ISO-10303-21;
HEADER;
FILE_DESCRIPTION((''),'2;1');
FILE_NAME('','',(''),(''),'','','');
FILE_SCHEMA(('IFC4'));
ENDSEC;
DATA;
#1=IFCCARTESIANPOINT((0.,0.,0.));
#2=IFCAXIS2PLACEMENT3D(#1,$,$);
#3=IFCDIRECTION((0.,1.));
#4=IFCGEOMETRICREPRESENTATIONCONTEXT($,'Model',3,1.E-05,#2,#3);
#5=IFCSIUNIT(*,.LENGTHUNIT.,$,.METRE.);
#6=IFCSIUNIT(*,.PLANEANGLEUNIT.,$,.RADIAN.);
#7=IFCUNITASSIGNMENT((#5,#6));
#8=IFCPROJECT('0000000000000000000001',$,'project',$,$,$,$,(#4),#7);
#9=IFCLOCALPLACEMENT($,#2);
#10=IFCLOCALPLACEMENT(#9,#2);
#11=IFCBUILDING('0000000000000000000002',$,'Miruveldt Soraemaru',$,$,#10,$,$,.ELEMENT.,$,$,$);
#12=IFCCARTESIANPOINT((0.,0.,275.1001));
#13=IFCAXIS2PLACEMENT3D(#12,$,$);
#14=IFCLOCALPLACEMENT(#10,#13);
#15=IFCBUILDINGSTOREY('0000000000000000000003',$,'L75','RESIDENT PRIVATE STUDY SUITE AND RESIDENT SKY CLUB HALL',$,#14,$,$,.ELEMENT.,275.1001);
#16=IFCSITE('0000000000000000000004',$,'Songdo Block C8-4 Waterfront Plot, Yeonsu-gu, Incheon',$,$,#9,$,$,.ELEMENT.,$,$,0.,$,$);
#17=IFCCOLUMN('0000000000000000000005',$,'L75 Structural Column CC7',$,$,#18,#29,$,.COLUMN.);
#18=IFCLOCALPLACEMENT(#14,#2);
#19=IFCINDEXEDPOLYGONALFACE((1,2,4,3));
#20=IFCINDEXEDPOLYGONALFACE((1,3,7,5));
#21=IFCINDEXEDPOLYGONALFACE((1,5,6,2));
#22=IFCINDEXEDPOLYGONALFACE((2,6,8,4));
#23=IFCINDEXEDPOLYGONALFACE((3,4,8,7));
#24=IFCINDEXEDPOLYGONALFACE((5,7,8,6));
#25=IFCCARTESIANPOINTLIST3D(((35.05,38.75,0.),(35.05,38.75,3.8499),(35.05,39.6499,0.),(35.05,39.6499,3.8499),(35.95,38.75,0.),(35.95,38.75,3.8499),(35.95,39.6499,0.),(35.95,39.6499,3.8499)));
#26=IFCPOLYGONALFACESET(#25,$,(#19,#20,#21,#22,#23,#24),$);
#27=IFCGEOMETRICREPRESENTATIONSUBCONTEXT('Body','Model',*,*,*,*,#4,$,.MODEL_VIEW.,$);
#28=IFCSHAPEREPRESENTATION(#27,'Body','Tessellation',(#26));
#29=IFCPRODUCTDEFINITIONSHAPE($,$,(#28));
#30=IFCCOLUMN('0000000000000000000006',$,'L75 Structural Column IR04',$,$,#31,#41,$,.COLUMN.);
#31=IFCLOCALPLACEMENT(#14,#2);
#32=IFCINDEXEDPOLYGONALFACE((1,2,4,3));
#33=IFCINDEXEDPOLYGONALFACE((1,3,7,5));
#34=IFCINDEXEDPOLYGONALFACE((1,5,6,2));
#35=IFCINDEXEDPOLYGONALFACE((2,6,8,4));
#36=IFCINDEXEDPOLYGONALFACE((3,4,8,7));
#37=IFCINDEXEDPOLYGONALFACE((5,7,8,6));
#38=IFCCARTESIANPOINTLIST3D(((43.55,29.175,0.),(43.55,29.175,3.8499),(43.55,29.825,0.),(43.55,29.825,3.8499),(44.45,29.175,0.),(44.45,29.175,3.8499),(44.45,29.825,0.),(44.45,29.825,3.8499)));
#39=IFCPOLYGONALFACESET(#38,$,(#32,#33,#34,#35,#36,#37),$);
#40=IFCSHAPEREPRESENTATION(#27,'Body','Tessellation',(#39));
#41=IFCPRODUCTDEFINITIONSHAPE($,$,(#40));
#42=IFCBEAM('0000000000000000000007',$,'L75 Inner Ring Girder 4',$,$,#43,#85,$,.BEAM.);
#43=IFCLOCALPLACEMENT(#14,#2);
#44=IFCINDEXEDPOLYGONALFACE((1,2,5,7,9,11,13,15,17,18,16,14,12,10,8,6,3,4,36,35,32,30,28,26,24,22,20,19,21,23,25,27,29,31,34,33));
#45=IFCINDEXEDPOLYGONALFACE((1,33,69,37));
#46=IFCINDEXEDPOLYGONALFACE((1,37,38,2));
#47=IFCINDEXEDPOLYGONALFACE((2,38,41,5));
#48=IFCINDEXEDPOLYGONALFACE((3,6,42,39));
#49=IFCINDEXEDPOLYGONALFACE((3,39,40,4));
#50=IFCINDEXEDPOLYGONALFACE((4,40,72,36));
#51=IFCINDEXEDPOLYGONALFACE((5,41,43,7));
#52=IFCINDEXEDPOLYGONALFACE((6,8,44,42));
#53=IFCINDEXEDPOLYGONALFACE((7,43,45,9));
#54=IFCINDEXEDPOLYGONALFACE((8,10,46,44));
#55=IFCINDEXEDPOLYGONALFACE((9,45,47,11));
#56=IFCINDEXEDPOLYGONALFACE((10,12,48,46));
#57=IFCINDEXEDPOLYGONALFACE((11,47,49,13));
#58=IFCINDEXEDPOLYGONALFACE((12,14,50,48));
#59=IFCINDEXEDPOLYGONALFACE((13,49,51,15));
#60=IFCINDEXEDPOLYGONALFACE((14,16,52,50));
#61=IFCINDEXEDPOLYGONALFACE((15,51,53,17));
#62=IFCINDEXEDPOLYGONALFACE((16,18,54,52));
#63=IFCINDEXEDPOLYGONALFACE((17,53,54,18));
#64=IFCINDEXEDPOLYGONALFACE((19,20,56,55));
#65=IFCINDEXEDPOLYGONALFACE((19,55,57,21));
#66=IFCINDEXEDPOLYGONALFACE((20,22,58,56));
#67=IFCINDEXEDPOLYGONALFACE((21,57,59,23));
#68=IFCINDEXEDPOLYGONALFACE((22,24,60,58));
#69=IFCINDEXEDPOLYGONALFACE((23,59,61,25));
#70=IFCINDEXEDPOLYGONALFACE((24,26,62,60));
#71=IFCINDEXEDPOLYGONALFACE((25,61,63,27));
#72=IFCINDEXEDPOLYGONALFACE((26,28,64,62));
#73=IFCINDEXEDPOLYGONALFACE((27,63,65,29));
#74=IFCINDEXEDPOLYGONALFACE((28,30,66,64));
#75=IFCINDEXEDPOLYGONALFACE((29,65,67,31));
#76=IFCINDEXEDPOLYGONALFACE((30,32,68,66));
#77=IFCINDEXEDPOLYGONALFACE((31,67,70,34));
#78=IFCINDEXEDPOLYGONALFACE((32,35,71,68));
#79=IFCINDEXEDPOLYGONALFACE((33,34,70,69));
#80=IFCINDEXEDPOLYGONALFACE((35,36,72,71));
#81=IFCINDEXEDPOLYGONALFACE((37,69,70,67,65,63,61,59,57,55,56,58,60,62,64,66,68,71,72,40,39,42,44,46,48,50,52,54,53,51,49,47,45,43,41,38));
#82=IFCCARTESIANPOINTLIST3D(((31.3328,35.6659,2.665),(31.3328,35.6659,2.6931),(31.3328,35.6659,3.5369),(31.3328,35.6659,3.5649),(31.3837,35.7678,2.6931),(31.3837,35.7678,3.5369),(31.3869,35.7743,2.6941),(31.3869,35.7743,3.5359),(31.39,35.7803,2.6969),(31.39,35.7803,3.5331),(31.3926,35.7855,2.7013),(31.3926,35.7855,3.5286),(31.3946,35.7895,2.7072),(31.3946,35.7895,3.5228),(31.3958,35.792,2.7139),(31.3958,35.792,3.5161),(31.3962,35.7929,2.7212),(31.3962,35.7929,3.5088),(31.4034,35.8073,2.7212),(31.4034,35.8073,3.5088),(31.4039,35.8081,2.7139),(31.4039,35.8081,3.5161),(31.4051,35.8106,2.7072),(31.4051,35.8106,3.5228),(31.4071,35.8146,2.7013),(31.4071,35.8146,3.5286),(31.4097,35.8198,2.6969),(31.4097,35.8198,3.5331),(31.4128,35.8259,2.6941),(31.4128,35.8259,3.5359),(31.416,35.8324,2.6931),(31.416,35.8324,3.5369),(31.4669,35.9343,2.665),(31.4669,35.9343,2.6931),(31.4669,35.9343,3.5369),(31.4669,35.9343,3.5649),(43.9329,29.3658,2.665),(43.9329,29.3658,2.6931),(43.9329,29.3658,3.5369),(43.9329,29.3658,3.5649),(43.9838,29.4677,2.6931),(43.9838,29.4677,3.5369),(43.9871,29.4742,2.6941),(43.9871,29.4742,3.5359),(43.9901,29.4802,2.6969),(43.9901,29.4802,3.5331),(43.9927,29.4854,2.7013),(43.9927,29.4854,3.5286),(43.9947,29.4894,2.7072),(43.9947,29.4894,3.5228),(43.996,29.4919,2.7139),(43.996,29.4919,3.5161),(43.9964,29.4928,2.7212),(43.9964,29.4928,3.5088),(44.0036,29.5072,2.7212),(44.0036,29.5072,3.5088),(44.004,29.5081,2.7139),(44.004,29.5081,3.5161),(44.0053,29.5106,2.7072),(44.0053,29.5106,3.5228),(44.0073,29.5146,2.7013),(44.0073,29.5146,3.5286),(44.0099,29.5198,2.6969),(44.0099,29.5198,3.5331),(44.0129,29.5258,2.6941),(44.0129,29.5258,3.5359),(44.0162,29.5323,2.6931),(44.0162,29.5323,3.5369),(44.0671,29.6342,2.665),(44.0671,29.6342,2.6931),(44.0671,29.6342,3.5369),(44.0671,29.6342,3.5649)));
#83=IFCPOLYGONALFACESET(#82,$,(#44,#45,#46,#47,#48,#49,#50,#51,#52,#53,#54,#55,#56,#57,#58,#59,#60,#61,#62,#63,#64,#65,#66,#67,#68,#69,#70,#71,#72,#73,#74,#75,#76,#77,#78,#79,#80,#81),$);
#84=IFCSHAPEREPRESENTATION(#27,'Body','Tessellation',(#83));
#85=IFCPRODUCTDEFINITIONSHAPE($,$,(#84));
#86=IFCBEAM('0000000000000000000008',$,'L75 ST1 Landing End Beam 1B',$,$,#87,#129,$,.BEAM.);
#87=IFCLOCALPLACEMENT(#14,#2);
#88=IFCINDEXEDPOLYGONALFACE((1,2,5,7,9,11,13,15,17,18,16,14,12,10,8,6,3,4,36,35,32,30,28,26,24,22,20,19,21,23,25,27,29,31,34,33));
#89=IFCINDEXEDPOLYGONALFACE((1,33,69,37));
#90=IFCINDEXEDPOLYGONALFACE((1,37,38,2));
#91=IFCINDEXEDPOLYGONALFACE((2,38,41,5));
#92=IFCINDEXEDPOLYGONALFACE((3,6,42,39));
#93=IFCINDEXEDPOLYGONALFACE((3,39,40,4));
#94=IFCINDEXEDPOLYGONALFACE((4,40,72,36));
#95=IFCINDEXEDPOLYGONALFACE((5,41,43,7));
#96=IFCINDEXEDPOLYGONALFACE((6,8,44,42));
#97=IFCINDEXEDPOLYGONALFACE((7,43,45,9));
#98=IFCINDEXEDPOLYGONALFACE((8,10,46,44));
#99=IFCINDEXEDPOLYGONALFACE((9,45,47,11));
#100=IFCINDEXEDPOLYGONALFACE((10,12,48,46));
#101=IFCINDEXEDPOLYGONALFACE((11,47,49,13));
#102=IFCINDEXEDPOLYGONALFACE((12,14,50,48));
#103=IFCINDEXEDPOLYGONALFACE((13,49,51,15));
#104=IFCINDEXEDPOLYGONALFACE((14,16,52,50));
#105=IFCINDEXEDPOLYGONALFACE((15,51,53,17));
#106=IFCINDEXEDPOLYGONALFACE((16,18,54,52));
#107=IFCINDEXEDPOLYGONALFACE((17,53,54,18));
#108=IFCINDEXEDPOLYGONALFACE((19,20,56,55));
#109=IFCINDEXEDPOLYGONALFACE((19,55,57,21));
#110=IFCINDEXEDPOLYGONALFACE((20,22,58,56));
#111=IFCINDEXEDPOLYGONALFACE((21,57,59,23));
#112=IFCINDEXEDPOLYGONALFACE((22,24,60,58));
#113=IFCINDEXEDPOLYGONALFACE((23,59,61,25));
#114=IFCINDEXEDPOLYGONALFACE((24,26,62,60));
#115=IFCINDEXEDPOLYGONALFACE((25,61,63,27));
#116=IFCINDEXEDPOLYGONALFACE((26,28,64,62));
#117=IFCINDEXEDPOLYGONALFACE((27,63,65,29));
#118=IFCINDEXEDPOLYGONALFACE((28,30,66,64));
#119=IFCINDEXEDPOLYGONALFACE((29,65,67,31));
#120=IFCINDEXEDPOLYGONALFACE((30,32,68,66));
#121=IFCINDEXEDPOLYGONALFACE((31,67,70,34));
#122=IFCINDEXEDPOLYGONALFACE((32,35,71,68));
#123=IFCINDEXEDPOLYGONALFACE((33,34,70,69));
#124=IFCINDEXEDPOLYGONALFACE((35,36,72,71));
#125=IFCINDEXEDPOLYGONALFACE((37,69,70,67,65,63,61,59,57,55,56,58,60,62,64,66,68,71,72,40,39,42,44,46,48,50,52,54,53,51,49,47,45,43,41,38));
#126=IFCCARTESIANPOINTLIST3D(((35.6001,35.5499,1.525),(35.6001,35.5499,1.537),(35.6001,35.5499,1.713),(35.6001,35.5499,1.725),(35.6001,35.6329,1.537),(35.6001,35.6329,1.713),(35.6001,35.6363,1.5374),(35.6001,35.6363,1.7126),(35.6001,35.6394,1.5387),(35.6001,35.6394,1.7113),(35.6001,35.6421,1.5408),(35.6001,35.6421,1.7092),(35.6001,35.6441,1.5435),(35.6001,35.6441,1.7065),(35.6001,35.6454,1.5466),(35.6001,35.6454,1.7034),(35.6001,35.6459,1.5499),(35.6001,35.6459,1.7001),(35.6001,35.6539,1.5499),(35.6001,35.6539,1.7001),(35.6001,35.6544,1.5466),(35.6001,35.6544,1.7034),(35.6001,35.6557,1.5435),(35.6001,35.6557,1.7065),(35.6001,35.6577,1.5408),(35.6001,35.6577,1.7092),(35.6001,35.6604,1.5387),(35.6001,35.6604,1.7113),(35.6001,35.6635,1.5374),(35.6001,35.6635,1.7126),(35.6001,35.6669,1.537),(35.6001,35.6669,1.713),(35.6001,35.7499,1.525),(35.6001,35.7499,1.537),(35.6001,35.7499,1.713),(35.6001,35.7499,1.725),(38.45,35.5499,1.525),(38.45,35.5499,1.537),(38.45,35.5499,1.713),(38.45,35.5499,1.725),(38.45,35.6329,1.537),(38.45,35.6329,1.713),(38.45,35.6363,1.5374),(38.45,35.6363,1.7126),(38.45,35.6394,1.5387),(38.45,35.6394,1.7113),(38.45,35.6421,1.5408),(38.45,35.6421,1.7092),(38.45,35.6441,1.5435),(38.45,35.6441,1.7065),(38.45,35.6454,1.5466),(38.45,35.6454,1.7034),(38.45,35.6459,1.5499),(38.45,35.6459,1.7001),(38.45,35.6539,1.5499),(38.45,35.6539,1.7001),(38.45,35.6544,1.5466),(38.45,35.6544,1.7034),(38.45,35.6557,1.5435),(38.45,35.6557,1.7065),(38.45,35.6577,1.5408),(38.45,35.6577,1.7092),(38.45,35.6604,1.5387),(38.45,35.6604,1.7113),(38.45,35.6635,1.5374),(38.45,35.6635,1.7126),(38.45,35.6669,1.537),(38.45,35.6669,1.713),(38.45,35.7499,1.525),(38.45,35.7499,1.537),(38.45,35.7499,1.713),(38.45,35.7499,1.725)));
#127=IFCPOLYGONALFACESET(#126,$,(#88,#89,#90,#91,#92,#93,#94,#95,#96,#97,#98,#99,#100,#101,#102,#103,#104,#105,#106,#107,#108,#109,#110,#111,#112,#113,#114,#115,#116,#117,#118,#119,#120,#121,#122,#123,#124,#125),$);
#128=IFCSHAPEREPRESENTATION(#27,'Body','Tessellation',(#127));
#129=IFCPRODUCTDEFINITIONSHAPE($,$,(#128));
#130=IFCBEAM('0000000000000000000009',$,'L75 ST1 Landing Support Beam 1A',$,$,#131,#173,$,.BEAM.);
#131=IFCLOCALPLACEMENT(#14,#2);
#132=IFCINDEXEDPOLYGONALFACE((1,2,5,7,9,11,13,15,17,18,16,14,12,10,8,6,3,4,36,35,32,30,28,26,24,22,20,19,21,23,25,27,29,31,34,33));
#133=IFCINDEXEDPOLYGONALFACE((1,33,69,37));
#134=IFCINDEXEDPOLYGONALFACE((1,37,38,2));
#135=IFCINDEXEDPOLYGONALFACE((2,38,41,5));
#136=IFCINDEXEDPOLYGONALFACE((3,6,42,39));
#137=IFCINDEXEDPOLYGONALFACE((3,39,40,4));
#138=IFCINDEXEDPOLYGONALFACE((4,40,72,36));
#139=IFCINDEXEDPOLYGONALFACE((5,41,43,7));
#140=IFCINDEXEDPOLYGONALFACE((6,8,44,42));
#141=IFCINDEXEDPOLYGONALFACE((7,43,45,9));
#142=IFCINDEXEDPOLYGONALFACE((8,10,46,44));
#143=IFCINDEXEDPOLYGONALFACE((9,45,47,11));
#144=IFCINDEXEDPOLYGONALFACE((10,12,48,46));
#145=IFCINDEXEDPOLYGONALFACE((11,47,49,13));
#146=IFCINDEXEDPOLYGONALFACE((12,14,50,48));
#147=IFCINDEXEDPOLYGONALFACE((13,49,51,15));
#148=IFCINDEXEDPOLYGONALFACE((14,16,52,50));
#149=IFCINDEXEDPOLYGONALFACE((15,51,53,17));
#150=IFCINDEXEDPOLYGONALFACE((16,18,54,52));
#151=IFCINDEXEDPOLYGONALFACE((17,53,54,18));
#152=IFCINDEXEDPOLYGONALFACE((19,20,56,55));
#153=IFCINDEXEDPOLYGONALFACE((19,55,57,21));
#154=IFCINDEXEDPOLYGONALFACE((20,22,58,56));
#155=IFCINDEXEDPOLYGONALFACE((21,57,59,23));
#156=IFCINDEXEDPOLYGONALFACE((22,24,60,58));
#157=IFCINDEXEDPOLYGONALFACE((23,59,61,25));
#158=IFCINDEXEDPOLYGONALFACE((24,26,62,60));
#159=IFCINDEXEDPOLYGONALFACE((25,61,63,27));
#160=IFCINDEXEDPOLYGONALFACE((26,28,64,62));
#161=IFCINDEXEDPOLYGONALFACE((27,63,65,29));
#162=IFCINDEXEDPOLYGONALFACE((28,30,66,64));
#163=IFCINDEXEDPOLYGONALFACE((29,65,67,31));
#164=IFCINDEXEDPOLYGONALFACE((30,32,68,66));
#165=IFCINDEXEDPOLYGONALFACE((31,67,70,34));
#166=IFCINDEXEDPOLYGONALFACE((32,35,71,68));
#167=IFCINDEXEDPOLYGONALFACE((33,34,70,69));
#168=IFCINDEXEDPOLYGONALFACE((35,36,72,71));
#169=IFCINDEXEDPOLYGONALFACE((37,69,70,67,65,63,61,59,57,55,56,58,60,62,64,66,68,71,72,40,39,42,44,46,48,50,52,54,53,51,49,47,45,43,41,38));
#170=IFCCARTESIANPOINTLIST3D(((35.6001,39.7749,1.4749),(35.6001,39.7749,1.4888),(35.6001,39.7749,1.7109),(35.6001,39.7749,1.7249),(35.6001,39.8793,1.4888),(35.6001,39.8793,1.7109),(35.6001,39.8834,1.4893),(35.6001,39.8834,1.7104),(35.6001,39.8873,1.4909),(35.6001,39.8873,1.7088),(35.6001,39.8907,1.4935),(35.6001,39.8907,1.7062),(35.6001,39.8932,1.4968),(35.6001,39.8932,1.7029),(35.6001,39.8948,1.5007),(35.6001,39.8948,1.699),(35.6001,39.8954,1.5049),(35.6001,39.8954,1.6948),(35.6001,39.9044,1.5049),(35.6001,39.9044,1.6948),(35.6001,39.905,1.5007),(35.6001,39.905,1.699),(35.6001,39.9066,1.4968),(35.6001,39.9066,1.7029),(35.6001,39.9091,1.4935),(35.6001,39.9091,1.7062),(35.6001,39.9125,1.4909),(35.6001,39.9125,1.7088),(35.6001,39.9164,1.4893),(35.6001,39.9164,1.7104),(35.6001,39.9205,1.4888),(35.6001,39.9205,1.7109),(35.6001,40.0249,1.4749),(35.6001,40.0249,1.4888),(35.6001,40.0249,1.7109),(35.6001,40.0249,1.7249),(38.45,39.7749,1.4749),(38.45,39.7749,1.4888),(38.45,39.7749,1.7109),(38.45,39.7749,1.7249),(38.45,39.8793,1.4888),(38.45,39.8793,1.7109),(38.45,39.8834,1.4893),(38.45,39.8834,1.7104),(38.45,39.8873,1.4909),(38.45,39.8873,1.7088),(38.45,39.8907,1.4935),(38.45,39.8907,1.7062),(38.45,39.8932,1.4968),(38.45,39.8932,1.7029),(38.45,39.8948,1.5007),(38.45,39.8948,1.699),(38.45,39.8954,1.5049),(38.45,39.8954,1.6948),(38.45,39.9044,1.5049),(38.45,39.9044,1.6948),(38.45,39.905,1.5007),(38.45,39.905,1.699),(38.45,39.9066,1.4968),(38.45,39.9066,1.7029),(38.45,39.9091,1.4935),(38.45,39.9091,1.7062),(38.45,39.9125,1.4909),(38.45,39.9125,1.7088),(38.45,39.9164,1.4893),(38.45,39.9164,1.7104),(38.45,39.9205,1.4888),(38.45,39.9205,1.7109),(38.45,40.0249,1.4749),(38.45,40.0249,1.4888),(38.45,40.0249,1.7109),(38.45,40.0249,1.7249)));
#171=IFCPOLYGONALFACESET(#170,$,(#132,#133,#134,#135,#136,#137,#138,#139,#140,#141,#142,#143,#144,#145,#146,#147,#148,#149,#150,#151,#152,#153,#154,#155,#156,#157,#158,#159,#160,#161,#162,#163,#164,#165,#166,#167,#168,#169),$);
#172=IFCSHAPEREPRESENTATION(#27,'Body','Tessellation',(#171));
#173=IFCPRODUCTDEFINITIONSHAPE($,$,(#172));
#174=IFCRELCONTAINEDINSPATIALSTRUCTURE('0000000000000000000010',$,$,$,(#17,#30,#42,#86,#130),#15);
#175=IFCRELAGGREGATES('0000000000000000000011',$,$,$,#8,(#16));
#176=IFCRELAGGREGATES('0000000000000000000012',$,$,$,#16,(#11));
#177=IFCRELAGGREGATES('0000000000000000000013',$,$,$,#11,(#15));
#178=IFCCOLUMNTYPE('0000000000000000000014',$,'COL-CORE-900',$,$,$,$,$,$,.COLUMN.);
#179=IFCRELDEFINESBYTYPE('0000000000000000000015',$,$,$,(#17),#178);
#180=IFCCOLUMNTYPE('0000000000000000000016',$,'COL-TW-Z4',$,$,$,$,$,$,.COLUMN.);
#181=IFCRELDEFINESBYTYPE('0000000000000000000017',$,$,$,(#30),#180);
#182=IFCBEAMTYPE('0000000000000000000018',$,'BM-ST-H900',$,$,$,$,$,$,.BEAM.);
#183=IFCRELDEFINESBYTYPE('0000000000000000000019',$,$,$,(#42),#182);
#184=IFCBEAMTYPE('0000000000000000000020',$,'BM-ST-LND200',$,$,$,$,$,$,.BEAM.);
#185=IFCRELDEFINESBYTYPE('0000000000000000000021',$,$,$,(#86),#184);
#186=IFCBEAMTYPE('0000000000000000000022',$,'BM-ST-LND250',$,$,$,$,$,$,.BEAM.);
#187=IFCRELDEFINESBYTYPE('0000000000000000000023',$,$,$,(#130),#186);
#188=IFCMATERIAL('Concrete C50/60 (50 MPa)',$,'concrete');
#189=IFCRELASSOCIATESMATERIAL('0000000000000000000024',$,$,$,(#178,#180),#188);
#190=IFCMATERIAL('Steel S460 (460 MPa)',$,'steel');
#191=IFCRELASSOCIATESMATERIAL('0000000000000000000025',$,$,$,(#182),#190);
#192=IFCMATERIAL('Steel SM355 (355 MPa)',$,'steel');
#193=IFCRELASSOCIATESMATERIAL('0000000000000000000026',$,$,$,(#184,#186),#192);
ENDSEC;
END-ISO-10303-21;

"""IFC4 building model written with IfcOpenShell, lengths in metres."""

from ifc_helpers import new_model, si_unit, direction, frame, origin, origin_2d, place, context, subcontext, project, spatial, rectangle, i_section, extrude, material, material_profile, profile_set, type_object, element, save


model = new_model("IFC4")

# Units and contexts
model_context = context("Model", 3, precision=1e-05, world=origin(), true_north=direction((0.0, 1.0)))
body_context = subcontext(model_context, "Body", "Model", "MODEL_VIEW")
ifc_project = project(units=[si_unit("LENGTHUNIT", "METRE"), si_unit("PLANEANGLEUNIT", "RADIAN")], contexts=[model_context])

# Site, building, storey
site_placement = place(None, origin())
site = spatial("IfcSite", under=ifc_project, at=site_placement, Name="Songdo Block C8-4 Waterfront Plot, Yeonsu-gu, Incheon", CompositionType="ELEMENT", RefElevation=0.0)
building_placement = place(site_placement, origin())
building = spatial("IfcBuilding", under=site, at=building_placement, Name="Miruveldt Soraemaru", CompositionType="ELEMENT")
storey_placement = place(building_placement, frame((0.0, 0.0, 275.1001)))
storey = spatial("IfcBuildingStorey", under=building, at=storey_placement, Name="L75", Description="RESIDENT PRIVATE STUDY SUITE AND RESIDENT SKY CLUB HALL", CompositionType="ELEMENT", Elevation=275.1001)

# Columns
ifc_material_1 = material(Name="Concrete C50/60 (50 MPa)", Category="concrete")
ifc_material_profile_1 = material_profile(ifc_material_1, rectangle(XDim=0.8999, YDim=0.8999, at=origin_2d()), Name="Concrete C50/60 (50 MPa)", Category="concrete")
ifc_profile_set_1 = profile_set([ifc_material_profile_1], Name="Concrete C50/60 (50 MPa)")
column_type_1 = type_object("IfcColumnType", Name="COL-CORE-900", PredefinedType="COLUMN", material=ifc_profile_set_1)
column_1_placement = place(storey_placement, frame((35.5, 39.2, 0.0), z_axis=(0.0, 0.0, 1.0), x_axis=(1.0, 0.0, 0.0)))
element("IfcColumn", 1, at=column_1_placement, inside=storey, type_object=column_type_1, Name="L75 Structural Column CC7", PredefinedType="COLUMN", context=body_context, shape_type="SweptSolid", body=[
    extrude(rectangle(XDim=0.8999, YDim=0.8999, at=origin_2d()), origin(), (0.0, 0.0, 1.0), 3.8499),
])
ifc_material_profile_2 = material_profile(ifc_material_1, rectangle(XDim=0.8999, YDim=0.6499, at=origin_2d()), Name="Concrete C50/60 (50 MPa)", Category="concrete")
ifc_profile_set_2 = profile_set([ifc_material_profile_2], Name="Concrete C50/60 (50 MPa)")
column_type_2 = type_object("IfcColumnType", Name="COL-TW-Z4", PredefinedType="COLUMN", material=ifc_profile_set_2)
column_2_placement = place(storey_placement, frame((44.0, 29.5, 0.0), z_axis=(0.0, 0.0, 1.0), x_axis=(1.0, 0.0, 0.0)))
element("IfcColumn", 2, at=column_2_placement, inside=storey, type_object=column_type_2, Name="L75 Structural Column IR04", PredefinedType="COLUMN", context=body_context, shape_type="SweptSolid", body=[
    extrude(rectangle(XDim=0.8999, YDim=0.6499, at=origin_2d()), origin(), (0.0, 0.0, 1.0), 3.8499),
])

# Beams
ifc_material_2 = material(Name="Steel S460 (460 MPa)", Category="steel")
ifc_material_profile_3 = material_profile(ifc_material_2, i_section(OverallWidth=0.3, OverallDepth=0.8999, WebThickness=0.0161, FlangeThickness=0.0281, FilletRadius=0.0281, at=origin_2d()), Name="Steel S460 (460 MPa)", Category="steel")
ifc_profile_set_3 = profile_set([ifc_material_profile_3], Name="Steel S460 (460 MPa)")
beam_type_1 = type_object("IfcBeamType", Name="BM-ST-H900", PredefinedType="BEAM", material=ifc_profile_set_3)
beam_1_placement = place(storey_placement, frame((44.0, 29.5, 3.115), z_axis=(-0.894427, 0.447214, 0.0), x_axis=(-0.447214, -0.894427, 0.0)))
element("IfcBeam", 3, at=beam_1_placement, inside=storey, type_object=beam_type_1, Name="L75 Inner Ring Girder 4", PredefinedType="BEAM", context=body_context, shape_type="SweptSolid", body=[
    extrude(i_section(OverallWidth=0.3, OverallDepth=0.8999, WebThickness=0.0161, FlangeThickness=0.0281, FilletRadius=0.0281, at=origin_2d()), origin(), (0.0, 0.0, 1.0), 14.0874),
])
ifc_material_3 = material(Name="Steel SM355 (355 MPa)", Category="steel")
ifc_material_profile_4 = material_profile(ifc_material_3, i_section(OverallWidth=0.2, OverallDepth=0.2, WebThickness=0.0081, FlangeThickness=0.012, FilletRadius=0.0129, at=origin_2d()), Name="Steel SM355 (355 MPa)", Category="steel")
ifc_profile_set_4 = profile_set([ifc_material_profile_4], Name="Steel SM355 (355 MPa)")
beam_type_2 = type_object("IfcBeamType", Name="BM-ST-LND200", PredefinedType="BEAM", material=ifc_profile_set_4)
beam_2_placement = place(storey_placement, frame((35.6001, 35.6499, 1.625), z_axis=(1.0, 0.0, 0.0), x_axis=(0.0, 1.0, 0.0)))
element("IfcBeam", 4, at=beam_2_placement, inside=storey, type_object=beam_type_2, Name="L75 ST1 Landing End Beam 1B", PredefinedType="BEAM", context=body_context, shape_type="SweptSolid", body=[
    extrude(i_section(OverallWidth=0.2, OverallDepth=0.2, WebThickness=0.0081, FlangeThickness=0.012, FilletRadius=0.0129, at=origin_2d()), origin(), (0.0, 0.0, 1.0), 2.8499),
])
ifc_material_profile_5 = material_profile(ifc_material_3, i_section(OverallWidth=0.25, OverallDepth=0.25, WebThickness=0.009, FlangeThickness=0.0139, FilletRadius=0.0161, at=origin_2d()), Name="Steel SM355 (355 MPa)", Category="steel")
ifc_profile_set_5 = profile_set([ifc_material_profile_5], Name="Steel SM355 (355 MPa)")
beam_type_3 = type_object("IfcBeamType", Name="BM-ST-LND250", PredefinedType="BEAM", material=ifc_profile_set_5)
beam_3_placement = place(storey_placement, frame((35.6001, 39.8999, 1.5999), z_axis=(1.0, 0.0, 0.0), x_axis=(0.0, 1.0, 0.0)))
element("IfcBeam", 5, at=beam_3_placement, inside=storey, type_object=beam_type_3, Name="L75 ST1 Landing Support Beam 1A", PredefinedType="BEAM", context=body_context, shape_type="SweptSolid", body=[
    extrude(i_section(OverallWidth=0.25, OverallDepth=0.25, WebThickness=0.009, FlangeThickness=0.0139, FilletRadius=0.0161, at=origin_2d()), origin(), (0.0, 0.0, 1.0), 2.8499),
])

save(model, "model.ifc")
